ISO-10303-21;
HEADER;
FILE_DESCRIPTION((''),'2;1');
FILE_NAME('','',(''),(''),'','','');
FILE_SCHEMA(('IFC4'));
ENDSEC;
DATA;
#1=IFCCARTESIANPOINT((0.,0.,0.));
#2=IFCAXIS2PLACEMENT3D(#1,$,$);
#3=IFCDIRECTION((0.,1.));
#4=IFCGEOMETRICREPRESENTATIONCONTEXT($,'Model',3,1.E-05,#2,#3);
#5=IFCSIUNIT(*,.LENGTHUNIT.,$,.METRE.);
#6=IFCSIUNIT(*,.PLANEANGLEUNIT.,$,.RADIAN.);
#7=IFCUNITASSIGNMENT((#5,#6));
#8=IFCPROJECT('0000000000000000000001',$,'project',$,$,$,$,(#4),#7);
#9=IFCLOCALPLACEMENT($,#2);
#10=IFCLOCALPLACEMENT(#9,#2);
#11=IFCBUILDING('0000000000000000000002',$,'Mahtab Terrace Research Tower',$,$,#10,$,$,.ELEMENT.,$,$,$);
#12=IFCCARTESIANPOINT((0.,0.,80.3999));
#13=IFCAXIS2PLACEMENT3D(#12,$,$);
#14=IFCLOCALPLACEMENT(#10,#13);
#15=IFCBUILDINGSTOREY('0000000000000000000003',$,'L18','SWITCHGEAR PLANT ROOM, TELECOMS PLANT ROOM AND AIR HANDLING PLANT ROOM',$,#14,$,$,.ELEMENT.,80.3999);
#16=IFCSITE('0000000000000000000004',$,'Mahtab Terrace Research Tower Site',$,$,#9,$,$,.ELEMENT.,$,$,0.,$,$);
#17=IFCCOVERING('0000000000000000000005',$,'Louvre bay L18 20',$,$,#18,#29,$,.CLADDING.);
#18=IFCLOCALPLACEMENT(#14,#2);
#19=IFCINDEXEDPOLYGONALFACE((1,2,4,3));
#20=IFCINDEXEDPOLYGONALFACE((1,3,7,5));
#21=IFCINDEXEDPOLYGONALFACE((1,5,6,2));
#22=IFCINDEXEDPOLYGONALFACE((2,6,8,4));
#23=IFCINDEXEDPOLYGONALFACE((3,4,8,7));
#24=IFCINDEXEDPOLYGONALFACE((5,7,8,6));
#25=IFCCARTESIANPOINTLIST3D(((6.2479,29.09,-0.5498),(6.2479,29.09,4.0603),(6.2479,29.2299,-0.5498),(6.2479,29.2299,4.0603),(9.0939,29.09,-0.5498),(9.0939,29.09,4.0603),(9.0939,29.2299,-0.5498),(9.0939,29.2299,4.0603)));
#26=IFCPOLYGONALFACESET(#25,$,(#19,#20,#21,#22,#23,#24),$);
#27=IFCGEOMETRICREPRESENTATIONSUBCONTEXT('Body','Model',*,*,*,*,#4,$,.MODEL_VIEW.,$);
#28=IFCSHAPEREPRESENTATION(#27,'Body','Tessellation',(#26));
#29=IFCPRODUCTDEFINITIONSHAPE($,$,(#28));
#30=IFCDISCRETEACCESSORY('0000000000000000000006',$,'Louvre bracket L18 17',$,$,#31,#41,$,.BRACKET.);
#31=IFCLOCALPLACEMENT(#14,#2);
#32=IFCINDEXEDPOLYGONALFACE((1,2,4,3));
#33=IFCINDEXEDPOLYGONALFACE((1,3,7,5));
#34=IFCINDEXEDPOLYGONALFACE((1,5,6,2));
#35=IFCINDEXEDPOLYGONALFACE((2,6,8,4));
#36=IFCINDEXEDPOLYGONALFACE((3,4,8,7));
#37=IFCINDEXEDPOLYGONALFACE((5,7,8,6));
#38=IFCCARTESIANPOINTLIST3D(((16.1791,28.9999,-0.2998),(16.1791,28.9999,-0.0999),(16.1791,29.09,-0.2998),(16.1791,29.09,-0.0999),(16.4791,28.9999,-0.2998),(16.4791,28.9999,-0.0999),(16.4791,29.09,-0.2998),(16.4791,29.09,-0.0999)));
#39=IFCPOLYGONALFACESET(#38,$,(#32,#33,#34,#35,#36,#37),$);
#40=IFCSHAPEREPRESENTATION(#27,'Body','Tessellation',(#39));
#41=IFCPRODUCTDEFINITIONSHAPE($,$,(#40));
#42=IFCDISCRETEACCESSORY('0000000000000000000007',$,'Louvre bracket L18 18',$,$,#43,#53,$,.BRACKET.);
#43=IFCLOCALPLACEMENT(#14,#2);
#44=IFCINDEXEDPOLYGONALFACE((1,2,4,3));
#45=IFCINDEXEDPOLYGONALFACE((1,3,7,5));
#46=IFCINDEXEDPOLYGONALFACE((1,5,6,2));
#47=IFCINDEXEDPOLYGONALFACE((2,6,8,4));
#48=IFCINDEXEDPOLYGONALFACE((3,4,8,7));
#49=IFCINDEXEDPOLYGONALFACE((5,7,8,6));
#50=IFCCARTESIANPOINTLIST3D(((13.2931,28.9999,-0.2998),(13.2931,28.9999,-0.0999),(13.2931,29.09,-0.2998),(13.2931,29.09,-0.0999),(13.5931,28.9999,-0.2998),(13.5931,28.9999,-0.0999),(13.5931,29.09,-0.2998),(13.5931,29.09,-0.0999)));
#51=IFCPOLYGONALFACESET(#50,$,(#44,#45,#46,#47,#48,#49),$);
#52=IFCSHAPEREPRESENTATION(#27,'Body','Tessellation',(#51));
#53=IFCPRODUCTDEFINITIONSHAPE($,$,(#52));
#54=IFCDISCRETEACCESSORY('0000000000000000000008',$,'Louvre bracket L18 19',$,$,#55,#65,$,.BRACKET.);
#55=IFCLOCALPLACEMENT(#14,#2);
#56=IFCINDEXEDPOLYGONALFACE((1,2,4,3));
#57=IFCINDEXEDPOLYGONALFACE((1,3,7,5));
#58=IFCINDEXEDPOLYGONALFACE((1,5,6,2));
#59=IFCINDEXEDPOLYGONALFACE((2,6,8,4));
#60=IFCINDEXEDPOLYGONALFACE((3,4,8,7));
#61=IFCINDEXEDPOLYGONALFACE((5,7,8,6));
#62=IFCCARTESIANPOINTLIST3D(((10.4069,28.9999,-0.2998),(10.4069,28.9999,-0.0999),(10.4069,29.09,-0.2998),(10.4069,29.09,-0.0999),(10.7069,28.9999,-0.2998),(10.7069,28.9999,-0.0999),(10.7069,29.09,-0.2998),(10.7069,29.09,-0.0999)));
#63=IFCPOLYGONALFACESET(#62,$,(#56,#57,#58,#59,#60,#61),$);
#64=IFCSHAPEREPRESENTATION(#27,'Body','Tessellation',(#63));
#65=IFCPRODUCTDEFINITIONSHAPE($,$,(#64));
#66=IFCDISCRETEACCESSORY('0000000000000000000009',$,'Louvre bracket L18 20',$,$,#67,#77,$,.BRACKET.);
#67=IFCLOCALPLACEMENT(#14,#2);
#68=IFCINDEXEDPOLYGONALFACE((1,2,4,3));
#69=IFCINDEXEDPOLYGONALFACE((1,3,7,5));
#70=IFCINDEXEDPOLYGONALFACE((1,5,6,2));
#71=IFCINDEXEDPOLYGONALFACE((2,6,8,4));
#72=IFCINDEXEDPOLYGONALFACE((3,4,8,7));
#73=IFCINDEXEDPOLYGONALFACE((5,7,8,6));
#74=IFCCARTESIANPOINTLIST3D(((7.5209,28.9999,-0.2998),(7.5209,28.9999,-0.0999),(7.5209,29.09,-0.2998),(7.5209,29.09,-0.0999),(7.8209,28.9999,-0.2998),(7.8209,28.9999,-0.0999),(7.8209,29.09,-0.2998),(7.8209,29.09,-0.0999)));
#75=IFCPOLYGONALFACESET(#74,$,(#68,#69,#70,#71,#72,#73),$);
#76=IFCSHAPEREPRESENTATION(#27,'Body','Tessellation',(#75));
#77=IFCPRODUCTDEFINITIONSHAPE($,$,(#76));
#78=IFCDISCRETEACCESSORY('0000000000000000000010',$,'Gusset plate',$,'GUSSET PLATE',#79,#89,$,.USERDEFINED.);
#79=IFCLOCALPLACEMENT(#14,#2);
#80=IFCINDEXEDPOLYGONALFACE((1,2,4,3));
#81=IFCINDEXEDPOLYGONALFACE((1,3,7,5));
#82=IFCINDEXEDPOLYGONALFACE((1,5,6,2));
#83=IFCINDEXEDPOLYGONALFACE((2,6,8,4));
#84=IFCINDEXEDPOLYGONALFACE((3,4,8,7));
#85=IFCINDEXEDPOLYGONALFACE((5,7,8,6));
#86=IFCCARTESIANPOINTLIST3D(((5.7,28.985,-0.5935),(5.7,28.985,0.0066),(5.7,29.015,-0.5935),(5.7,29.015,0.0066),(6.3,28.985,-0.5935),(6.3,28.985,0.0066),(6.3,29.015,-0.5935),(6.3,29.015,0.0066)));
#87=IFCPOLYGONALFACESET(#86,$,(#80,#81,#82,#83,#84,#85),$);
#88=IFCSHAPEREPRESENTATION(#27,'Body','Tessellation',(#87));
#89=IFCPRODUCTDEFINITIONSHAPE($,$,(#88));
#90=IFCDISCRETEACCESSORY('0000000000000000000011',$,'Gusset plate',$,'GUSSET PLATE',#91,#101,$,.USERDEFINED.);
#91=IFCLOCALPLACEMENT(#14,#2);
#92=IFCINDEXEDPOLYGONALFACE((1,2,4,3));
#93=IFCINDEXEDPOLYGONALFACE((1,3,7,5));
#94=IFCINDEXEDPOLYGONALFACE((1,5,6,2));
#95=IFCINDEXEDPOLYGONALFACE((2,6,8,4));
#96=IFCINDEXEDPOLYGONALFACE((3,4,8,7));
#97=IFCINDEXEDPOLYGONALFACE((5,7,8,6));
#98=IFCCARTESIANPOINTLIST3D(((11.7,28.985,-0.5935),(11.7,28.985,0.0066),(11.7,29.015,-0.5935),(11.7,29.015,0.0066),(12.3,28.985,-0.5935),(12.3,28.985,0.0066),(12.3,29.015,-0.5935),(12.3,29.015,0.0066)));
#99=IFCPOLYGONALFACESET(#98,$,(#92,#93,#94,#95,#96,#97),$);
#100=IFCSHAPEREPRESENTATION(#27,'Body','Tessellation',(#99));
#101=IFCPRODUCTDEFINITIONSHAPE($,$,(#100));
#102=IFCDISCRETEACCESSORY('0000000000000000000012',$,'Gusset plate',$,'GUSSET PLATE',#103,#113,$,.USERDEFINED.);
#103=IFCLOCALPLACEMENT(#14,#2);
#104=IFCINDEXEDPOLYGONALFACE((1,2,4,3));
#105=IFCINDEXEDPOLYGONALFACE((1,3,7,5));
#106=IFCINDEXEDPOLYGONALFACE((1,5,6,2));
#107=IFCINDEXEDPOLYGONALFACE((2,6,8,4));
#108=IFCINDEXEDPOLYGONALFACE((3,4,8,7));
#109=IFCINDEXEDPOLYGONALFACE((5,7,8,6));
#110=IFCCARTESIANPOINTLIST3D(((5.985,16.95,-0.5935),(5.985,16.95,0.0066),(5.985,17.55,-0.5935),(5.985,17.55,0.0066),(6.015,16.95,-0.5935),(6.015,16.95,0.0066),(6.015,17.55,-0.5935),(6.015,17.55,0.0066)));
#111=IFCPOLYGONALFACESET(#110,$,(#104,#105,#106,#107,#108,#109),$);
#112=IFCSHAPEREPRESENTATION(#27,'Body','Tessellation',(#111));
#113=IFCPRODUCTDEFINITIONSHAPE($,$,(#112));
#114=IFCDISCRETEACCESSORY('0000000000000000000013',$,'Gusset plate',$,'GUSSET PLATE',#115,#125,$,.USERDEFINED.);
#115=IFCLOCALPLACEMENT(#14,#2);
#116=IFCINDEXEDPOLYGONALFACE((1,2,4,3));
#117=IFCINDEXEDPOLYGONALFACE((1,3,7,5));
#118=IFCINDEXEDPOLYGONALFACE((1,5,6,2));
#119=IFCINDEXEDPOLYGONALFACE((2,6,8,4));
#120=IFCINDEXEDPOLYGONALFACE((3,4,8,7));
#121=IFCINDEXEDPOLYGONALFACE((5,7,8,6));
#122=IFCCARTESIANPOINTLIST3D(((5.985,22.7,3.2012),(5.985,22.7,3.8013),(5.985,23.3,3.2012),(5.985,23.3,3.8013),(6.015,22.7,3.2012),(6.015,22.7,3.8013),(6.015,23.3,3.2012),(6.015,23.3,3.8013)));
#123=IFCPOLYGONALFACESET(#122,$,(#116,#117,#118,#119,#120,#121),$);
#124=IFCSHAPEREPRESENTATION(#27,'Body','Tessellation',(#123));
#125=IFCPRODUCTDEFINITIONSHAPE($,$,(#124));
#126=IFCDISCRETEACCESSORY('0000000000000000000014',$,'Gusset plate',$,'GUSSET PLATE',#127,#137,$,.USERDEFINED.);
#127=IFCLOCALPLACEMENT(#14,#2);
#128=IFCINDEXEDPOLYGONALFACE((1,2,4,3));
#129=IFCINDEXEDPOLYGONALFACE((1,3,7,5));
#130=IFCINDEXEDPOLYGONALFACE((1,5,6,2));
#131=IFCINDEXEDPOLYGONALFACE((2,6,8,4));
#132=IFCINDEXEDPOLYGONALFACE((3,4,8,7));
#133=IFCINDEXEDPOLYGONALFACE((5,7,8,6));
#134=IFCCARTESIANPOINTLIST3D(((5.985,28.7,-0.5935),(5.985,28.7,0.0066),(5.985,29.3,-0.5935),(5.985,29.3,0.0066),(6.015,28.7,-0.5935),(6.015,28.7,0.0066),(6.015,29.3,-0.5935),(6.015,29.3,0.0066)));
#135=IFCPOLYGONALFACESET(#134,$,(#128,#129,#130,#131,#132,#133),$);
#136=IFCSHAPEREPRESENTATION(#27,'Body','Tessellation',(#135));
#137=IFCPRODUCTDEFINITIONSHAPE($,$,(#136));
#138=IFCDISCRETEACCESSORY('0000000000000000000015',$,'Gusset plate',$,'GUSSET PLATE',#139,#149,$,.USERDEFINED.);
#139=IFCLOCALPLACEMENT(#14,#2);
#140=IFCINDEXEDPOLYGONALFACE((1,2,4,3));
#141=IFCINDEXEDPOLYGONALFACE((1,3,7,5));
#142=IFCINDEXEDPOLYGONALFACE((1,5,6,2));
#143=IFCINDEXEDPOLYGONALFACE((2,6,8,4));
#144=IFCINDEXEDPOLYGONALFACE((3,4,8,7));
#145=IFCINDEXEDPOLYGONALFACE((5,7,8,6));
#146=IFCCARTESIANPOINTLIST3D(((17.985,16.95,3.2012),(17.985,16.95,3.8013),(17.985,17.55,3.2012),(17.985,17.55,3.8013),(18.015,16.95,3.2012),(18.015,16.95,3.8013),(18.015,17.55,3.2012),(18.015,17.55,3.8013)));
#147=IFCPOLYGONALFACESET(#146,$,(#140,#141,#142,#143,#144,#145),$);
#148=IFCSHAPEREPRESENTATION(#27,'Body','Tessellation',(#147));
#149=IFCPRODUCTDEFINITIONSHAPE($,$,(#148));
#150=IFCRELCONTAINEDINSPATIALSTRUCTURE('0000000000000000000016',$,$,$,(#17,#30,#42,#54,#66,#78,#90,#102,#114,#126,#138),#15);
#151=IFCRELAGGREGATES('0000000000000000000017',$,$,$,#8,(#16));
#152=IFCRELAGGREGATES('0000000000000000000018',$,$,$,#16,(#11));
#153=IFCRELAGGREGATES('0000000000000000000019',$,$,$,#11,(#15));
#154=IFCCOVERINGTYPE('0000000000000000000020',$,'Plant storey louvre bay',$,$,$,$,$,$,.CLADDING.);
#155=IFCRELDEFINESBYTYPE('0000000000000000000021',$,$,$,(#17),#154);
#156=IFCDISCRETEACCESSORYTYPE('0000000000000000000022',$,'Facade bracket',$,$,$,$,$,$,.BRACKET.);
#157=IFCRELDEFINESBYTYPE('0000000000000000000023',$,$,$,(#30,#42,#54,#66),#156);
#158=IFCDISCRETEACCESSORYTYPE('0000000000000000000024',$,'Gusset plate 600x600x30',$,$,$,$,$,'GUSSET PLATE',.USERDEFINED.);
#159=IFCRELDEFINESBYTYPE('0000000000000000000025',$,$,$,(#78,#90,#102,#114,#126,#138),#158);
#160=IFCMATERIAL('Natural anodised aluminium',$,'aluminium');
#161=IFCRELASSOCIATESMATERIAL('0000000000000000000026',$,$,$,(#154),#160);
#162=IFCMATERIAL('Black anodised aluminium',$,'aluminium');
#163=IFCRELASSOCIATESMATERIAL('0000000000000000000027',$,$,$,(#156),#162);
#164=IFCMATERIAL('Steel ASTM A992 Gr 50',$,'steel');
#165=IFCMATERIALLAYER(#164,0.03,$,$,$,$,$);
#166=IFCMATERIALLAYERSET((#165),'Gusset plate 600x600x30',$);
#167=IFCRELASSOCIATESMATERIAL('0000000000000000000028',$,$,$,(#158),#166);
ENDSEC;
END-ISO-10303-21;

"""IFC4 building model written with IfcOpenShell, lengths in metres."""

from ifc_helpers import new_model, si_unit, direction, frame, origin, origin_2d, place, context, subcontext, project, spatial, rectangle, extrude, material, layer, layer_set, type_object, element, save


model = new_model("IFC4")

# Units and contexts
model_context = context("Model", 3, precision=1e-05, world=origin(), true_north=direction((0.0, 1.0)))
body_context = subcontext(model_context, "Body", "Model", "MODEL_VIEW")
ifc_project = project(units=[si_unit("LENGTHUNIT", "METRE"), si_unit("PLANEANGLEUNIT", "RADIAN")], contexts=[model_context])

# Site, building, storey
site_placement = place(None, origin())
site = spatial("IfcSite", under=ifc_project, at=site_placement, Name="Mahtab Terrace Research Tower Site", CompositionType="ELEMENT", RefElevation=0.0)
building_placement = place(site_placement, origin())
building = spatial("IfcBuilding", under=site, at=building_placement, Name="Mahtab Terrace Research Tower", CompositionType="ELEMENT")
storey_placement = place(building_placement, frame((0.0, 0.0, 80.3999)))
storey = spatial("IfcBuildingStorey", under=building, at=storey_placement, Name="L18", Description="SWITCHGEAR PLANT ROOM, TELECOMS PLANT ROOM AND AIR HANDLING PLANT ROOM", CompositionType="ELEMENT", Elevation=80.3999)

# Shared definitions
ifc_material_1 = material(Name="Steel ASTM A992 Gr 50", Category="steel")

# Covering
ifc_material_2 = material(Name="Natural anodised aluminium", Category="aluminium")
covering_type = type_object("IfcCoveringType", Name="Plant storey louvre bay", PredefinedType="CLADDING", material=ifc_material_2)
for number, where, z_axis, x_axis, name in (
    (1, (7.6709, 29.1599, -0.5498), (0.0, 0.0, 1.0), (-1.0, 0.0, 0.0), "Louvre bay L18 20"),
):
    element("IfcCovering", number, at=place(storey_placement, frame(where, z_axis=z_axis, x_axis=x_axis)), inside=storey, type_object=covering_type, Name=name, PredefinedType="CLADDING", context=body_context, shape_type="SweptSolid", body=[
        extrude(rectangle(XDim=2.8459, YDim=0.1399, at=origin_2d()), origin(), (0.0, 0.0, 1.0), 4.6101),
    ])

# Discrete accessories
ifc_material_3 = material(Name="Black anodised aluminium", Category="aluminium")
discrete_accessory_type_1 = type_object("IfcDiscreteAccessoryType", Name="Facade bracket", PredefinedType="BRACKET", material=ifc_material_3)
for number, where, z_axis, x_axis, name in (
    (2, (16.3291, 29.0449, -0.2998), (0.0, 0.0, 1.0), (-1.0, 0.0, 0.0), "Louvre bracket L18 17"),
    (3, (13.4431, 29.0449, -0.2998), (0.0, 0.0, 1.0), (-1.0, 0.0, 0.0), "Louvre bracket L18 18"),
    (4, (10.5569, 29.0449, -0.2998), (0.0, 0.0, 1.0), (-1.0, 0.0, 0.0), "Louvre bracket L18 19"),
    (5, (7.6709, 29.0449, -0.2998), (0.0, 0.0, 1.0), (-1.0, 0.0, 0.0), "Louvre bracket L18 20"),
):
    element("IfcDiscreteAccessory", number, at=place(storey_placement, frame(where, z_axis=z_axis, x_axis=x_axis)), inside=storey, type_object=discrete_accessory_type_1, Name=name, PredefinedType="BRACKET", context=body_context, shape_type="SweptSolid", body=[
        extrude(rectangle(XDim=0.3, YDim=0.0901, at=origin_2d()), origin(), (0.0, 0.0, 1.0), 0.2),
    ])
ifc_layer_1 = layer(ifc_material_1, 0.03)
ifc_layer_set_1 = layer_set([ifc_layer_1], Name="Gusset plate 600x600x30")
discrete_accessory_type_2 = type_object("IfcDiscreteAccessoryType", Name="Gusset plate 600x600x30", ElementType="GUSSET PLATE", PredefinedType="USERDEFINED", material=ifc_layer_set_1)
for number, where, z_axis, x_axis, name in (
    (6, (6.0, 29.0, -0.5935), (0.0, 0.0, 1.0), (1.0, 0.0, 0.0), "Gusset plate"),
    (7, (12.0, 29.0, -0.5935), (0.0, 0.0, 1.0), (1.0, 0.0, 0.0), "Gusset plate"),
    (8, (6.0, 17.25, -0.5935), (0.0, 0.0, 1.0), (0.0, 1.0, 0.0), "Gusset plate"),
    (9, (6.0, 23.0, 3.2012), (0.0, 0.0, 1.0), (0.0, 1.0, 0.0), "Gusset plate"),
    (10, (6.0, 29.0, -0.5935), (0.0, 0.0, 1.0), (0.0, 1.0, 0.0), "Gusset plate"),
    (11, (18.0, 17.25, 3.2012), (0.0, 0.0, 1.0), (0.0, 1.0, 0.0), "Gusset plate"),
):
    element("IfcDiscreteAccessory", number, at=place(storey_placement, frame(where, z_axis=z_axis, x_axis=x_axis)), inside=storey, type_object=discrete_accessory_type_2, Name=name, ObjectType="GUSSET PLATE", PredefinedType="USERDEFINED", context=body_context, shape_type="SweptSolid", body=[
        extrude(rectangle(XDim=0.6001, YDim=0.03, at=origin_2d()), origin(), (0.0, 0.0, 1.0), 0.6001),
    ])

save(model, "model.ifc")
